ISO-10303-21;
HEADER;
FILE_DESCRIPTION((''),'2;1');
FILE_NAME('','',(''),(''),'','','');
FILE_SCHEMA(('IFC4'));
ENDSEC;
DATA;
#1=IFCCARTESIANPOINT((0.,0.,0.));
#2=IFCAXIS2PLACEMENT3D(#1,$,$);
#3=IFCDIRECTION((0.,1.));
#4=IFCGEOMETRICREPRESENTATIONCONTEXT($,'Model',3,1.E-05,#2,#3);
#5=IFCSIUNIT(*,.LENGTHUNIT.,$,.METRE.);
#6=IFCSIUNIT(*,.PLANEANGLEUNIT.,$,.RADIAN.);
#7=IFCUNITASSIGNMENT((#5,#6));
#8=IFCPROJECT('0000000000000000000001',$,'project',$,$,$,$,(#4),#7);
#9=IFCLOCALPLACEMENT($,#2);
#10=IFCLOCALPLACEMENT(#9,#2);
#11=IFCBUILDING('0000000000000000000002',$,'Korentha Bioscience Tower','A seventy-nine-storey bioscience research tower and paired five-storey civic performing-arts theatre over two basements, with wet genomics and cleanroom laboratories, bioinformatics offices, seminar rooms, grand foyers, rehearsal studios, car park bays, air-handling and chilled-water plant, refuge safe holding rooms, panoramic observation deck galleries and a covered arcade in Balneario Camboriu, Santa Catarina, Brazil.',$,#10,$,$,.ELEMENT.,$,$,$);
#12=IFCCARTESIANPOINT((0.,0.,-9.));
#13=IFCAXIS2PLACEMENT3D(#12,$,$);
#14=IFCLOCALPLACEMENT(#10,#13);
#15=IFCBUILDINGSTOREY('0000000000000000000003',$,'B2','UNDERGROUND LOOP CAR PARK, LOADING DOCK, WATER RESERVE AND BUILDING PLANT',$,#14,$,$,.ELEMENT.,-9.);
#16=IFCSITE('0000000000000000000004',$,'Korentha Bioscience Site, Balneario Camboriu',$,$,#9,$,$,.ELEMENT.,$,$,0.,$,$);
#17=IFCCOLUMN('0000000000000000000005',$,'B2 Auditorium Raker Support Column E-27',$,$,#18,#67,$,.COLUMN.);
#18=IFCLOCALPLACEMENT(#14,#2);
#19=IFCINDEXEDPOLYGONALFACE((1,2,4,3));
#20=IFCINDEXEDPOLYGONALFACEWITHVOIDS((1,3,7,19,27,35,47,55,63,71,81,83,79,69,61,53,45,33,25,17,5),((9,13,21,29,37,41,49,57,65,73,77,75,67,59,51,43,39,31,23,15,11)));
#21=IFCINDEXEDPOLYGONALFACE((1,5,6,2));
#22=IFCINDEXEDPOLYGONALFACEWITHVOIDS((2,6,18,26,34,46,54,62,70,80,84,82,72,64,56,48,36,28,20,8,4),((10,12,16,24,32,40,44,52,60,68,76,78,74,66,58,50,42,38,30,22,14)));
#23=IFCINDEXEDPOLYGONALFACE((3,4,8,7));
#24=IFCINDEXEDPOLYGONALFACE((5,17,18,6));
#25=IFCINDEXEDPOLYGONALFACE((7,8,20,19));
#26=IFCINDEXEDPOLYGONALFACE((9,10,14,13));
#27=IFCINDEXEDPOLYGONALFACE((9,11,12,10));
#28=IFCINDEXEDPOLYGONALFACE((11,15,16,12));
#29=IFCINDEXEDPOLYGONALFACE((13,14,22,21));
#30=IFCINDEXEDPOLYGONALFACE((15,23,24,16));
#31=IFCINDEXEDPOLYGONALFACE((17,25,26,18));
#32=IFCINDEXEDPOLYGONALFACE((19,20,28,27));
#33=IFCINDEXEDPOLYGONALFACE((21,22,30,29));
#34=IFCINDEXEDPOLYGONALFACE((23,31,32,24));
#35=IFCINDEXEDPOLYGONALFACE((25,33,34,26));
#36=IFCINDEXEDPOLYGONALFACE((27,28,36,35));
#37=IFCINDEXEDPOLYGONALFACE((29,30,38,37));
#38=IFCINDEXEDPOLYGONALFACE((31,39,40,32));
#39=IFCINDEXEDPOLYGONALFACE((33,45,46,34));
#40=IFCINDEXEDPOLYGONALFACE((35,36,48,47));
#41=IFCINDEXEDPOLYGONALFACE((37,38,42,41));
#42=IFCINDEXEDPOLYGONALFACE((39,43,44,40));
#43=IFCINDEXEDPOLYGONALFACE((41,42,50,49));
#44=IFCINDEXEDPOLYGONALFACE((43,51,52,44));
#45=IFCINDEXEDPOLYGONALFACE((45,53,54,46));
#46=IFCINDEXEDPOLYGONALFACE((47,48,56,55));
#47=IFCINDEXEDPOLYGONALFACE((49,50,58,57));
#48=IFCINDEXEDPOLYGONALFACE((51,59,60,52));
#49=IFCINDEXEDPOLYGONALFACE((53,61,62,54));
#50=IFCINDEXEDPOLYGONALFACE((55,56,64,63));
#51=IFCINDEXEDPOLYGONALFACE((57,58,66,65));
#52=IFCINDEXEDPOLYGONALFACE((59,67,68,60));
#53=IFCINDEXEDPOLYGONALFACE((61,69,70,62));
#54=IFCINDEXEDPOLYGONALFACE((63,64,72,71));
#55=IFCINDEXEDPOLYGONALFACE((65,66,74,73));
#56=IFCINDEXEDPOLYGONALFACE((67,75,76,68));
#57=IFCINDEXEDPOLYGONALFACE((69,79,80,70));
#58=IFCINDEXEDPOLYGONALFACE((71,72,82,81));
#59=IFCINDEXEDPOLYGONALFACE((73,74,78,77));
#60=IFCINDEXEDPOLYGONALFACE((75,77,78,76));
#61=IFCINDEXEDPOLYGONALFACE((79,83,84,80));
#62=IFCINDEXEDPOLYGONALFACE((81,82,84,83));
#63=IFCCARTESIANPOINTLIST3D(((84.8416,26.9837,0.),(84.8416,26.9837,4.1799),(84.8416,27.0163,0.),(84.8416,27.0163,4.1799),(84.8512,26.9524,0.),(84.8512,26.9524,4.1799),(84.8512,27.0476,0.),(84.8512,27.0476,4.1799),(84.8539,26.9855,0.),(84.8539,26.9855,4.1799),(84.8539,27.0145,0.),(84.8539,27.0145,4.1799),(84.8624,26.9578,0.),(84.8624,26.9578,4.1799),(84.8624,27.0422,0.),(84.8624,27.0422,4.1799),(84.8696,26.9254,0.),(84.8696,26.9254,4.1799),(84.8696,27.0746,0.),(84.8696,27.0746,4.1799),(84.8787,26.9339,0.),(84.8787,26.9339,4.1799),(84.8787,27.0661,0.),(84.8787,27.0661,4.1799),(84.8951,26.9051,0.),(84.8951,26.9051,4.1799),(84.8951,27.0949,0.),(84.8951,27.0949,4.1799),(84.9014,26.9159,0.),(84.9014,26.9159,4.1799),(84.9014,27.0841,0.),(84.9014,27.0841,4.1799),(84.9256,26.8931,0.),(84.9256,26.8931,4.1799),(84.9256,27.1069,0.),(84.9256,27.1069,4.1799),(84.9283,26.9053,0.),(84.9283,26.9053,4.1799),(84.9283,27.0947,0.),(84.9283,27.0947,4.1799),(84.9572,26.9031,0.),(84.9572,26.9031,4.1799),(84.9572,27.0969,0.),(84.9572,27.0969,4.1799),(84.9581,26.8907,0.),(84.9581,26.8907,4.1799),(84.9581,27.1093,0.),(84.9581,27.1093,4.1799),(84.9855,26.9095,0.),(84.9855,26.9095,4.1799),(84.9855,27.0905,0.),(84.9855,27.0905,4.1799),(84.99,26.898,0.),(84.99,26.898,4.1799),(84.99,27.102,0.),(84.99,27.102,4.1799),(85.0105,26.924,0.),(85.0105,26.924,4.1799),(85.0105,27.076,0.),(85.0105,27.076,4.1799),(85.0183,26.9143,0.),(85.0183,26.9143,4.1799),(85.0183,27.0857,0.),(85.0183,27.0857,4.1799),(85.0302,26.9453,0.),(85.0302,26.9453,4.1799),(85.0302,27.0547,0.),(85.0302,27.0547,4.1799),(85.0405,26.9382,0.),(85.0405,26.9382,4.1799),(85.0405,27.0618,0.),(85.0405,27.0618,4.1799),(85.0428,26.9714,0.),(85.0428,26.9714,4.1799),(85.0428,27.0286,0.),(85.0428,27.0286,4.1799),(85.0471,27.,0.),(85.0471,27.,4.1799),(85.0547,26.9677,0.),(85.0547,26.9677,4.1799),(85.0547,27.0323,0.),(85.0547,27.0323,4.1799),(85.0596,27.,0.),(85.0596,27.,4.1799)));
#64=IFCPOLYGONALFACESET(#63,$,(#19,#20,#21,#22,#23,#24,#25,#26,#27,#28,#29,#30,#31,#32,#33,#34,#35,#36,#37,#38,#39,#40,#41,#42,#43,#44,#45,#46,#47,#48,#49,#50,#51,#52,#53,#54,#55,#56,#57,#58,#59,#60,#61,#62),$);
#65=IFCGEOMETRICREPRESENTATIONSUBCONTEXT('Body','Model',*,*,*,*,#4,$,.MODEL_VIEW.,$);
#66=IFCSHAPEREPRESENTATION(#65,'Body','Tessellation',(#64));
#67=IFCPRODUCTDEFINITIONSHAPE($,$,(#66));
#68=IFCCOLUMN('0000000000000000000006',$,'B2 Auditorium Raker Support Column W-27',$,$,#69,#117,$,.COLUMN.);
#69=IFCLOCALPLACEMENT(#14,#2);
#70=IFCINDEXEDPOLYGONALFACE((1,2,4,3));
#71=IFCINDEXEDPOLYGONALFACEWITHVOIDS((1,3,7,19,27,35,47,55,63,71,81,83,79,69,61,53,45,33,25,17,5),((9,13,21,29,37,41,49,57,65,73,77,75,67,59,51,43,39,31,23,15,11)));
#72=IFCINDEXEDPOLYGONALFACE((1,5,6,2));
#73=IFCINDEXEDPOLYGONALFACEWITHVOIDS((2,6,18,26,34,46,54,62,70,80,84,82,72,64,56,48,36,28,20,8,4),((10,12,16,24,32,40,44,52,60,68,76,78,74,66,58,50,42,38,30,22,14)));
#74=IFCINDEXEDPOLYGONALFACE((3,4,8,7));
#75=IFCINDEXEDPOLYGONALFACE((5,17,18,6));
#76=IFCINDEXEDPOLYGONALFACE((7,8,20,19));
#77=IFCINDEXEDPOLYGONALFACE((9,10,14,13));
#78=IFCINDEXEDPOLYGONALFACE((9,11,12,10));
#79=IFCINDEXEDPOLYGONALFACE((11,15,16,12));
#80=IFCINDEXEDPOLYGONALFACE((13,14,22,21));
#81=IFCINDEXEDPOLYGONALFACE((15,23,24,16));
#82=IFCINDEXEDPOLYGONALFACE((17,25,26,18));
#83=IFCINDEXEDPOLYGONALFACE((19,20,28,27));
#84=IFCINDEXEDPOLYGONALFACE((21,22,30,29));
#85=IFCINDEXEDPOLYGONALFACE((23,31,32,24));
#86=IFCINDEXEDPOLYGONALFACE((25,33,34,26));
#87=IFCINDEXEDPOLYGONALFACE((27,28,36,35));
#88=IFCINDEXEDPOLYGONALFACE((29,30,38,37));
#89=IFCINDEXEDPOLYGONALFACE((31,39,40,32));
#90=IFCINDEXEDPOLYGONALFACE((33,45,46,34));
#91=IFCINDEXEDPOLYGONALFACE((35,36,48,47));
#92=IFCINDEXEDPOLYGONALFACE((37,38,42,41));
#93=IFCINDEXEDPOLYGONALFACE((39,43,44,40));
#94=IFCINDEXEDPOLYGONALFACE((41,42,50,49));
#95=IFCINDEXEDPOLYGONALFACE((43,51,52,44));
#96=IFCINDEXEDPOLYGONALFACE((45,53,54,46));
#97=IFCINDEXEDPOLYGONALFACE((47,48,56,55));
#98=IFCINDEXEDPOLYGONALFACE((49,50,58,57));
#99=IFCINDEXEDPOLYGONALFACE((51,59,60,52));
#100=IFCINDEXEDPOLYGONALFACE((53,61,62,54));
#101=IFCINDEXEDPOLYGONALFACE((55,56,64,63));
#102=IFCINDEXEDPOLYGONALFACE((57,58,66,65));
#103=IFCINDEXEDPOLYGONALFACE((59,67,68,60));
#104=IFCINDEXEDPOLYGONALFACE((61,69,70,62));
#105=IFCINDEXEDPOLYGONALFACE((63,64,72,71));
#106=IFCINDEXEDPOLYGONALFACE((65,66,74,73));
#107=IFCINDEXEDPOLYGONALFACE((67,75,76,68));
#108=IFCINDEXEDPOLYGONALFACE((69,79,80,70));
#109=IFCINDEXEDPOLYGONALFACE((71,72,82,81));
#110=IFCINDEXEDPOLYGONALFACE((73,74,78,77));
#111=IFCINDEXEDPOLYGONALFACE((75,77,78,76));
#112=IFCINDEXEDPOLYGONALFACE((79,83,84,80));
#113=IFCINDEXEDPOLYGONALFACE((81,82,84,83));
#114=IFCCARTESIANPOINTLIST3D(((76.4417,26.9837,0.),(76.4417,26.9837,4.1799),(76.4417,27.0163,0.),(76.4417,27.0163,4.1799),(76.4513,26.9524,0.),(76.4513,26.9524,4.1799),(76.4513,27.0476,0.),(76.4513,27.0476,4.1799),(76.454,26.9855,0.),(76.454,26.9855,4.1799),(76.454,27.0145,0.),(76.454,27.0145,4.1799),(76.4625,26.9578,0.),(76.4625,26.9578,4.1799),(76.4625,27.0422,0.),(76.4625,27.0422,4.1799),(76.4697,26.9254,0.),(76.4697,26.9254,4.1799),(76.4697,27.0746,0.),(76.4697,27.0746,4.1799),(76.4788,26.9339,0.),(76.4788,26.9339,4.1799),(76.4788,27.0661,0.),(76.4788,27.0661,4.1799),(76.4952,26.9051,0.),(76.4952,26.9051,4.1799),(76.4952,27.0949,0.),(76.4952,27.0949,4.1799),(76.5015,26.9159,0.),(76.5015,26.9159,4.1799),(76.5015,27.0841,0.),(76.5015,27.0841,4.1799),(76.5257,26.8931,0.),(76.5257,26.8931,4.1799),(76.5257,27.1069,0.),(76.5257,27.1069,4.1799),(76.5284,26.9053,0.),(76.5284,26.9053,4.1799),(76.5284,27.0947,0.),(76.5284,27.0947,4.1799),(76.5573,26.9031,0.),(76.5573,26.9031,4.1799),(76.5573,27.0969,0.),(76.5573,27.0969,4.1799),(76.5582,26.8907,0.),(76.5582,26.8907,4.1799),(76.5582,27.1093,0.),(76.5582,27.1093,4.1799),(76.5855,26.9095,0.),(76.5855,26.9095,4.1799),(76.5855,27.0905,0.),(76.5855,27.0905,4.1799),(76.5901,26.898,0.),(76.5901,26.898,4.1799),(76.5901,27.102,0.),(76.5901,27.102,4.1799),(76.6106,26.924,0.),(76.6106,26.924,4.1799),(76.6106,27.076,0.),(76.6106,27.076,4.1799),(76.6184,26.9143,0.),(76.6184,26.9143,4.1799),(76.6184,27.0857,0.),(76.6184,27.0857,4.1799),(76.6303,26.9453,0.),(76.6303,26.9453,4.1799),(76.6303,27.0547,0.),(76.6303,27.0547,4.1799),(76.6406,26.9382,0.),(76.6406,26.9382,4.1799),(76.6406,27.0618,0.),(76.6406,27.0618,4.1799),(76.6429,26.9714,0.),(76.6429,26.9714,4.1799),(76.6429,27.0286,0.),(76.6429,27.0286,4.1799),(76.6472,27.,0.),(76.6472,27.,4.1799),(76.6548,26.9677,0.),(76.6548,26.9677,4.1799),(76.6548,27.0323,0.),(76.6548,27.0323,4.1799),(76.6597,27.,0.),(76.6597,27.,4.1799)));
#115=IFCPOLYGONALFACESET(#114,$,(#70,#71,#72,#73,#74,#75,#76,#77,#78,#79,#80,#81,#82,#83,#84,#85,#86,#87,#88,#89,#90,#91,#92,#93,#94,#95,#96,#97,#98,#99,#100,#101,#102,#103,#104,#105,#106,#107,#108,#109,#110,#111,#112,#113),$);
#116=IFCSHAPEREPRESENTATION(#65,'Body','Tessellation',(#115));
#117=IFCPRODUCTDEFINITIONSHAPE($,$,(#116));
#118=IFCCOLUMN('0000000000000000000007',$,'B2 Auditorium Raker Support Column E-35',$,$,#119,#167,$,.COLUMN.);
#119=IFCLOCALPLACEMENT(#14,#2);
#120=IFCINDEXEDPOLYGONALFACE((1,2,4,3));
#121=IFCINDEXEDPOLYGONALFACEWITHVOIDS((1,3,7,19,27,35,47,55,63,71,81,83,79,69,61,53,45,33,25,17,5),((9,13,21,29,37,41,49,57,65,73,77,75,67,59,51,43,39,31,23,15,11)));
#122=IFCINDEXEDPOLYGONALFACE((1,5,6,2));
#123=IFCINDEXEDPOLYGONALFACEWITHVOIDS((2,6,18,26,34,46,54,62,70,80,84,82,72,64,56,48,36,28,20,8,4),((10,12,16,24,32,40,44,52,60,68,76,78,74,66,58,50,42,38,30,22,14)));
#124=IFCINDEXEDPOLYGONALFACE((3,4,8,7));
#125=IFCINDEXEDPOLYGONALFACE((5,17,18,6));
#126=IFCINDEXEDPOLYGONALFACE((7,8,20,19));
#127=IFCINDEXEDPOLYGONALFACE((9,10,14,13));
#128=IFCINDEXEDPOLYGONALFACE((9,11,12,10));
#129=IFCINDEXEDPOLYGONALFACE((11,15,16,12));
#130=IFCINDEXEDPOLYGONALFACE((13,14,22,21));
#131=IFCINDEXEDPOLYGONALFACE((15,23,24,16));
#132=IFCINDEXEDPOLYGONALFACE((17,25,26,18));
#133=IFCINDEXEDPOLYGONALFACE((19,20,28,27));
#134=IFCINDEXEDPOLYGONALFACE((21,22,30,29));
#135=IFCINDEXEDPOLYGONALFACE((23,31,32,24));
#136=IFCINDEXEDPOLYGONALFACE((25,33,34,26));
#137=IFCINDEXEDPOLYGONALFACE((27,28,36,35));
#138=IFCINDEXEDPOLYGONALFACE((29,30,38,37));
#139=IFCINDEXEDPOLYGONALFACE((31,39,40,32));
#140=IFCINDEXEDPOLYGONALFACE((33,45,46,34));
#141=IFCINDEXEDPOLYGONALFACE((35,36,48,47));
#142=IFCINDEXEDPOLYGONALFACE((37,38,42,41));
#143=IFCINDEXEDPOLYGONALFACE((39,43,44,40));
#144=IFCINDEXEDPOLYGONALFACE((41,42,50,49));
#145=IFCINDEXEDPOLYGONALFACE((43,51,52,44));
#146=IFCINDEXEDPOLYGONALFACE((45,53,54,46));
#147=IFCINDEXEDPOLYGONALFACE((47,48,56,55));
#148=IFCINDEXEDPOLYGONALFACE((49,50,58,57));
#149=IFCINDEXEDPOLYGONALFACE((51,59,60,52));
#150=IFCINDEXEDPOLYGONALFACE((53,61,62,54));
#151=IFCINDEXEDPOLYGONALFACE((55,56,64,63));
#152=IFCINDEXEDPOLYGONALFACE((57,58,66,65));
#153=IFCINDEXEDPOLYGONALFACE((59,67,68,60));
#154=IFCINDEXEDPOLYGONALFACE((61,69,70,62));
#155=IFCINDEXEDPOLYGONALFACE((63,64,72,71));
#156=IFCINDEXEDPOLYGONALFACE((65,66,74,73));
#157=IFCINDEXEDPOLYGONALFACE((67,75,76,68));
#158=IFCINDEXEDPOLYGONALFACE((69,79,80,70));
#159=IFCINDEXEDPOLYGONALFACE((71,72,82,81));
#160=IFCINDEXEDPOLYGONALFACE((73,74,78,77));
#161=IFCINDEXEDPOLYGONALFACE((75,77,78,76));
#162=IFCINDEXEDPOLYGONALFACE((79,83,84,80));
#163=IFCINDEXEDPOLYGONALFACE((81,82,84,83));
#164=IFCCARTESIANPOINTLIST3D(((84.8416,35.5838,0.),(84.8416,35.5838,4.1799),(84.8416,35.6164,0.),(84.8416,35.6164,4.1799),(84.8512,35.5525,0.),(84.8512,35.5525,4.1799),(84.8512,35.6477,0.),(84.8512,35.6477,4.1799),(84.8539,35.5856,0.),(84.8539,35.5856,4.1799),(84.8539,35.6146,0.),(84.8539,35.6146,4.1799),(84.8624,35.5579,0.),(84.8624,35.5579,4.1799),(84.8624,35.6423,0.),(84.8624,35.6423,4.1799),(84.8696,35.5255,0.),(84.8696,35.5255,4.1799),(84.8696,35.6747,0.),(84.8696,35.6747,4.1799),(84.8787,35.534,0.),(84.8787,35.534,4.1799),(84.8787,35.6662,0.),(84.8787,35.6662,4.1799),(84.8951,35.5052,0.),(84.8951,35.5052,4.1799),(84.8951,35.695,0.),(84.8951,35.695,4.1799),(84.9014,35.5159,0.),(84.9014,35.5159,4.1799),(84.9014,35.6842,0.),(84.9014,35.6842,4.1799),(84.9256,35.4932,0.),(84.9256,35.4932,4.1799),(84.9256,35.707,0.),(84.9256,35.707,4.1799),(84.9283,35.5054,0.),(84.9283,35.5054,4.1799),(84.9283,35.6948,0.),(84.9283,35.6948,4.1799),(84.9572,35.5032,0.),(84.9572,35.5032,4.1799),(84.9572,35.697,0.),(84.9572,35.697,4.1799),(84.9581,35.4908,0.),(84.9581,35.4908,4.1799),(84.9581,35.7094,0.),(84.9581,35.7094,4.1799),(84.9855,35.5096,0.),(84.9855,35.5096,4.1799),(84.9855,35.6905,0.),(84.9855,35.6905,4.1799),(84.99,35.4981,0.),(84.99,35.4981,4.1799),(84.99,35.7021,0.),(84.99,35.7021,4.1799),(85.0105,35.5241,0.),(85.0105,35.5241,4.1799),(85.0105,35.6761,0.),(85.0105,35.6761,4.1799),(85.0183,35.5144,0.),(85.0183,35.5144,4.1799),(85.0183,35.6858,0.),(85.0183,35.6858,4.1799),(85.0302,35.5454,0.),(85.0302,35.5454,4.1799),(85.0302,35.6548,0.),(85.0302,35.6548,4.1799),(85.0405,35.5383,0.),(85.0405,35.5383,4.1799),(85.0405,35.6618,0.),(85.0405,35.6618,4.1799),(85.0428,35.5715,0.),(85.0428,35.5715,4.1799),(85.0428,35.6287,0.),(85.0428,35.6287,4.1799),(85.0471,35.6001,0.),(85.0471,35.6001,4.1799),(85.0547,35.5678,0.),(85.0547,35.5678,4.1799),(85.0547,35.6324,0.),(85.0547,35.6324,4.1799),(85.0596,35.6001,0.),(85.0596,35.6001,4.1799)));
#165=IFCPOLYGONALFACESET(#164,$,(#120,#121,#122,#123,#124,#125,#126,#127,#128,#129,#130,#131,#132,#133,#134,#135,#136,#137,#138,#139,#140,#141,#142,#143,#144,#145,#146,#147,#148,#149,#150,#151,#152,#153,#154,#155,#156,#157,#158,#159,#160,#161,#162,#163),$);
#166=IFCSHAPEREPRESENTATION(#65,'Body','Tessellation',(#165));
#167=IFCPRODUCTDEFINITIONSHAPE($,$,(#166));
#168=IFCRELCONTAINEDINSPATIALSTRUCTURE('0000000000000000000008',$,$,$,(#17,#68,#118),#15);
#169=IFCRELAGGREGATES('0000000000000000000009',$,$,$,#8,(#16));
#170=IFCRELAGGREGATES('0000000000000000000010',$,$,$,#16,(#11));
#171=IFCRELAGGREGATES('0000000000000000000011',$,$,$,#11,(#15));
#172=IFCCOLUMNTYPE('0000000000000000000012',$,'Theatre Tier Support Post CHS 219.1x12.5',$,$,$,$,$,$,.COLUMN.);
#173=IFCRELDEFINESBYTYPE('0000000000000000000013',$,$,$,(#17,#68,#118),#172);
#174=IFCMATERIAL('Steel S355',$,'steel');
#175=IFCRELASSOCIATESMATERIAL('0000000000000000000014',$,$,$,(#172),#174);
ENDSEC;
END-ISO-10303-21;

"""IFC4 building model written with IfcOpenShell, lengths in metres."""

from ifc_helpers import new_model, si_unit, direction, frame, origin, origin_2d, place, context, subcontext, project, spatial, hollow_circle, extrude, material, material_profile, profile_set, type_object, element, save


model = new_model("IFC4")

# Units and contexts
model_context = context("Model", 3, precision=1e-05, world=origin(), true_north=direction((0.0, 1.0)))
body_context = subcontext(model_context, "Body", "Model", "MODEL_VIEW")
ifc_project = project(units=[si_unit("LENGTHUNIT", "METRE"), si_unit("PLANEANGLEUNIT", "RADIAN")], contexts=[model_context])

# Site, building, storey
site_placement = place(None, origin())
site = spatial("IfcSite", under=ifc_project, at=site_placement, Name="Korentha Bioscience Site, Balneario Camboriu", CompositionType="ELEMENT", RefElevation=0.0)
building_placement = place(site_placement, origin())
building = spatial("IfcBuilding", under=site, at=building_placement, Name="Korentha Bioscience Tower", Description="A seventy-nine-storey bioscience research tower and paired five-storey civic performing-arts theatre over two basements, with wet genomics and cleanroom laboratories, bioinformatics offices, seminar rooms, grand foyers, rehearsal studios, car park bays, air-handling and chilled-water plant, refuge safe holding rooms, panoramic observation deck galleries and a covered arcade in Balneario Camboriu, Santa Catarina, Brazil.", CompositionType="ELEMENT")
storey_placement = place(building_placement, frame((0.0, 0.0, -9.0)))
storey = spatial("IfcBuildingStorey", under=building, at=storey_placement, Name="B2", Description="UNDERGROUND LOOP CAR PARK, LOADING DOCK, WATER RESERVE AND BUILDING PLANT", CompositionType="ELEMENT", Elevation=-9.0)

# Columns
ifc_material_1 = material(Name="Steel S355", Category="steel")
ifc_material_profile_1 = material_profile(ifc_material_1, hollow_circle(Radius=0.1096, WallThickness=0.0125, at=origin_2d()), Name="Steel S355")
ifc_profile_set_1 = profile_set([ifc_material_profile_1], Name="Steel S355 (TC-P219)")
column_type_1 = type_object("IfcColumnType", Name="Theatre Tier Support Post CHS 219.1x12.5", PredefinedType="COLUMN", material=ifc_profile_set_1)
for number, where, z_axis, x_axis, name in (
    (1, (84.95, 27.0, 0.0), (0.0, 0.0, 1.0), (1.0, 0.0, 0.0), "B2 Auditorium Raker Support Column E-27"),
    (2, (76.55, 27.0, 0.0), (0.0, 0.0, 1.0), (1.0, 0.0, 0.0), "B2 Auditorium Raker Support Column W-27"),
    (3, (84.95, 35.6001, 0.0), (0.0, 0.0, 1.0), (1.0, 0.0, 0.0), "B2 Auditorium Raker Support Column E-35"),
):
    element("IfcColumn", number, at=place(storey_placement, frame(where, z_axis=z_axis, x_axis=x_axis)), inside=storey, type_object=column_type_1, Name=name, PredefinedType="COLUMN", context=body_context, shape_type="SweptSolid", body=[
        extrude(hollow_circle(Radius=0.1096, WallThickness=0.0125, at=origin_2d()), origin(), (0.0, 0.0, 1.0), 4.1799),
    ])

save(model, "model.ifc")
